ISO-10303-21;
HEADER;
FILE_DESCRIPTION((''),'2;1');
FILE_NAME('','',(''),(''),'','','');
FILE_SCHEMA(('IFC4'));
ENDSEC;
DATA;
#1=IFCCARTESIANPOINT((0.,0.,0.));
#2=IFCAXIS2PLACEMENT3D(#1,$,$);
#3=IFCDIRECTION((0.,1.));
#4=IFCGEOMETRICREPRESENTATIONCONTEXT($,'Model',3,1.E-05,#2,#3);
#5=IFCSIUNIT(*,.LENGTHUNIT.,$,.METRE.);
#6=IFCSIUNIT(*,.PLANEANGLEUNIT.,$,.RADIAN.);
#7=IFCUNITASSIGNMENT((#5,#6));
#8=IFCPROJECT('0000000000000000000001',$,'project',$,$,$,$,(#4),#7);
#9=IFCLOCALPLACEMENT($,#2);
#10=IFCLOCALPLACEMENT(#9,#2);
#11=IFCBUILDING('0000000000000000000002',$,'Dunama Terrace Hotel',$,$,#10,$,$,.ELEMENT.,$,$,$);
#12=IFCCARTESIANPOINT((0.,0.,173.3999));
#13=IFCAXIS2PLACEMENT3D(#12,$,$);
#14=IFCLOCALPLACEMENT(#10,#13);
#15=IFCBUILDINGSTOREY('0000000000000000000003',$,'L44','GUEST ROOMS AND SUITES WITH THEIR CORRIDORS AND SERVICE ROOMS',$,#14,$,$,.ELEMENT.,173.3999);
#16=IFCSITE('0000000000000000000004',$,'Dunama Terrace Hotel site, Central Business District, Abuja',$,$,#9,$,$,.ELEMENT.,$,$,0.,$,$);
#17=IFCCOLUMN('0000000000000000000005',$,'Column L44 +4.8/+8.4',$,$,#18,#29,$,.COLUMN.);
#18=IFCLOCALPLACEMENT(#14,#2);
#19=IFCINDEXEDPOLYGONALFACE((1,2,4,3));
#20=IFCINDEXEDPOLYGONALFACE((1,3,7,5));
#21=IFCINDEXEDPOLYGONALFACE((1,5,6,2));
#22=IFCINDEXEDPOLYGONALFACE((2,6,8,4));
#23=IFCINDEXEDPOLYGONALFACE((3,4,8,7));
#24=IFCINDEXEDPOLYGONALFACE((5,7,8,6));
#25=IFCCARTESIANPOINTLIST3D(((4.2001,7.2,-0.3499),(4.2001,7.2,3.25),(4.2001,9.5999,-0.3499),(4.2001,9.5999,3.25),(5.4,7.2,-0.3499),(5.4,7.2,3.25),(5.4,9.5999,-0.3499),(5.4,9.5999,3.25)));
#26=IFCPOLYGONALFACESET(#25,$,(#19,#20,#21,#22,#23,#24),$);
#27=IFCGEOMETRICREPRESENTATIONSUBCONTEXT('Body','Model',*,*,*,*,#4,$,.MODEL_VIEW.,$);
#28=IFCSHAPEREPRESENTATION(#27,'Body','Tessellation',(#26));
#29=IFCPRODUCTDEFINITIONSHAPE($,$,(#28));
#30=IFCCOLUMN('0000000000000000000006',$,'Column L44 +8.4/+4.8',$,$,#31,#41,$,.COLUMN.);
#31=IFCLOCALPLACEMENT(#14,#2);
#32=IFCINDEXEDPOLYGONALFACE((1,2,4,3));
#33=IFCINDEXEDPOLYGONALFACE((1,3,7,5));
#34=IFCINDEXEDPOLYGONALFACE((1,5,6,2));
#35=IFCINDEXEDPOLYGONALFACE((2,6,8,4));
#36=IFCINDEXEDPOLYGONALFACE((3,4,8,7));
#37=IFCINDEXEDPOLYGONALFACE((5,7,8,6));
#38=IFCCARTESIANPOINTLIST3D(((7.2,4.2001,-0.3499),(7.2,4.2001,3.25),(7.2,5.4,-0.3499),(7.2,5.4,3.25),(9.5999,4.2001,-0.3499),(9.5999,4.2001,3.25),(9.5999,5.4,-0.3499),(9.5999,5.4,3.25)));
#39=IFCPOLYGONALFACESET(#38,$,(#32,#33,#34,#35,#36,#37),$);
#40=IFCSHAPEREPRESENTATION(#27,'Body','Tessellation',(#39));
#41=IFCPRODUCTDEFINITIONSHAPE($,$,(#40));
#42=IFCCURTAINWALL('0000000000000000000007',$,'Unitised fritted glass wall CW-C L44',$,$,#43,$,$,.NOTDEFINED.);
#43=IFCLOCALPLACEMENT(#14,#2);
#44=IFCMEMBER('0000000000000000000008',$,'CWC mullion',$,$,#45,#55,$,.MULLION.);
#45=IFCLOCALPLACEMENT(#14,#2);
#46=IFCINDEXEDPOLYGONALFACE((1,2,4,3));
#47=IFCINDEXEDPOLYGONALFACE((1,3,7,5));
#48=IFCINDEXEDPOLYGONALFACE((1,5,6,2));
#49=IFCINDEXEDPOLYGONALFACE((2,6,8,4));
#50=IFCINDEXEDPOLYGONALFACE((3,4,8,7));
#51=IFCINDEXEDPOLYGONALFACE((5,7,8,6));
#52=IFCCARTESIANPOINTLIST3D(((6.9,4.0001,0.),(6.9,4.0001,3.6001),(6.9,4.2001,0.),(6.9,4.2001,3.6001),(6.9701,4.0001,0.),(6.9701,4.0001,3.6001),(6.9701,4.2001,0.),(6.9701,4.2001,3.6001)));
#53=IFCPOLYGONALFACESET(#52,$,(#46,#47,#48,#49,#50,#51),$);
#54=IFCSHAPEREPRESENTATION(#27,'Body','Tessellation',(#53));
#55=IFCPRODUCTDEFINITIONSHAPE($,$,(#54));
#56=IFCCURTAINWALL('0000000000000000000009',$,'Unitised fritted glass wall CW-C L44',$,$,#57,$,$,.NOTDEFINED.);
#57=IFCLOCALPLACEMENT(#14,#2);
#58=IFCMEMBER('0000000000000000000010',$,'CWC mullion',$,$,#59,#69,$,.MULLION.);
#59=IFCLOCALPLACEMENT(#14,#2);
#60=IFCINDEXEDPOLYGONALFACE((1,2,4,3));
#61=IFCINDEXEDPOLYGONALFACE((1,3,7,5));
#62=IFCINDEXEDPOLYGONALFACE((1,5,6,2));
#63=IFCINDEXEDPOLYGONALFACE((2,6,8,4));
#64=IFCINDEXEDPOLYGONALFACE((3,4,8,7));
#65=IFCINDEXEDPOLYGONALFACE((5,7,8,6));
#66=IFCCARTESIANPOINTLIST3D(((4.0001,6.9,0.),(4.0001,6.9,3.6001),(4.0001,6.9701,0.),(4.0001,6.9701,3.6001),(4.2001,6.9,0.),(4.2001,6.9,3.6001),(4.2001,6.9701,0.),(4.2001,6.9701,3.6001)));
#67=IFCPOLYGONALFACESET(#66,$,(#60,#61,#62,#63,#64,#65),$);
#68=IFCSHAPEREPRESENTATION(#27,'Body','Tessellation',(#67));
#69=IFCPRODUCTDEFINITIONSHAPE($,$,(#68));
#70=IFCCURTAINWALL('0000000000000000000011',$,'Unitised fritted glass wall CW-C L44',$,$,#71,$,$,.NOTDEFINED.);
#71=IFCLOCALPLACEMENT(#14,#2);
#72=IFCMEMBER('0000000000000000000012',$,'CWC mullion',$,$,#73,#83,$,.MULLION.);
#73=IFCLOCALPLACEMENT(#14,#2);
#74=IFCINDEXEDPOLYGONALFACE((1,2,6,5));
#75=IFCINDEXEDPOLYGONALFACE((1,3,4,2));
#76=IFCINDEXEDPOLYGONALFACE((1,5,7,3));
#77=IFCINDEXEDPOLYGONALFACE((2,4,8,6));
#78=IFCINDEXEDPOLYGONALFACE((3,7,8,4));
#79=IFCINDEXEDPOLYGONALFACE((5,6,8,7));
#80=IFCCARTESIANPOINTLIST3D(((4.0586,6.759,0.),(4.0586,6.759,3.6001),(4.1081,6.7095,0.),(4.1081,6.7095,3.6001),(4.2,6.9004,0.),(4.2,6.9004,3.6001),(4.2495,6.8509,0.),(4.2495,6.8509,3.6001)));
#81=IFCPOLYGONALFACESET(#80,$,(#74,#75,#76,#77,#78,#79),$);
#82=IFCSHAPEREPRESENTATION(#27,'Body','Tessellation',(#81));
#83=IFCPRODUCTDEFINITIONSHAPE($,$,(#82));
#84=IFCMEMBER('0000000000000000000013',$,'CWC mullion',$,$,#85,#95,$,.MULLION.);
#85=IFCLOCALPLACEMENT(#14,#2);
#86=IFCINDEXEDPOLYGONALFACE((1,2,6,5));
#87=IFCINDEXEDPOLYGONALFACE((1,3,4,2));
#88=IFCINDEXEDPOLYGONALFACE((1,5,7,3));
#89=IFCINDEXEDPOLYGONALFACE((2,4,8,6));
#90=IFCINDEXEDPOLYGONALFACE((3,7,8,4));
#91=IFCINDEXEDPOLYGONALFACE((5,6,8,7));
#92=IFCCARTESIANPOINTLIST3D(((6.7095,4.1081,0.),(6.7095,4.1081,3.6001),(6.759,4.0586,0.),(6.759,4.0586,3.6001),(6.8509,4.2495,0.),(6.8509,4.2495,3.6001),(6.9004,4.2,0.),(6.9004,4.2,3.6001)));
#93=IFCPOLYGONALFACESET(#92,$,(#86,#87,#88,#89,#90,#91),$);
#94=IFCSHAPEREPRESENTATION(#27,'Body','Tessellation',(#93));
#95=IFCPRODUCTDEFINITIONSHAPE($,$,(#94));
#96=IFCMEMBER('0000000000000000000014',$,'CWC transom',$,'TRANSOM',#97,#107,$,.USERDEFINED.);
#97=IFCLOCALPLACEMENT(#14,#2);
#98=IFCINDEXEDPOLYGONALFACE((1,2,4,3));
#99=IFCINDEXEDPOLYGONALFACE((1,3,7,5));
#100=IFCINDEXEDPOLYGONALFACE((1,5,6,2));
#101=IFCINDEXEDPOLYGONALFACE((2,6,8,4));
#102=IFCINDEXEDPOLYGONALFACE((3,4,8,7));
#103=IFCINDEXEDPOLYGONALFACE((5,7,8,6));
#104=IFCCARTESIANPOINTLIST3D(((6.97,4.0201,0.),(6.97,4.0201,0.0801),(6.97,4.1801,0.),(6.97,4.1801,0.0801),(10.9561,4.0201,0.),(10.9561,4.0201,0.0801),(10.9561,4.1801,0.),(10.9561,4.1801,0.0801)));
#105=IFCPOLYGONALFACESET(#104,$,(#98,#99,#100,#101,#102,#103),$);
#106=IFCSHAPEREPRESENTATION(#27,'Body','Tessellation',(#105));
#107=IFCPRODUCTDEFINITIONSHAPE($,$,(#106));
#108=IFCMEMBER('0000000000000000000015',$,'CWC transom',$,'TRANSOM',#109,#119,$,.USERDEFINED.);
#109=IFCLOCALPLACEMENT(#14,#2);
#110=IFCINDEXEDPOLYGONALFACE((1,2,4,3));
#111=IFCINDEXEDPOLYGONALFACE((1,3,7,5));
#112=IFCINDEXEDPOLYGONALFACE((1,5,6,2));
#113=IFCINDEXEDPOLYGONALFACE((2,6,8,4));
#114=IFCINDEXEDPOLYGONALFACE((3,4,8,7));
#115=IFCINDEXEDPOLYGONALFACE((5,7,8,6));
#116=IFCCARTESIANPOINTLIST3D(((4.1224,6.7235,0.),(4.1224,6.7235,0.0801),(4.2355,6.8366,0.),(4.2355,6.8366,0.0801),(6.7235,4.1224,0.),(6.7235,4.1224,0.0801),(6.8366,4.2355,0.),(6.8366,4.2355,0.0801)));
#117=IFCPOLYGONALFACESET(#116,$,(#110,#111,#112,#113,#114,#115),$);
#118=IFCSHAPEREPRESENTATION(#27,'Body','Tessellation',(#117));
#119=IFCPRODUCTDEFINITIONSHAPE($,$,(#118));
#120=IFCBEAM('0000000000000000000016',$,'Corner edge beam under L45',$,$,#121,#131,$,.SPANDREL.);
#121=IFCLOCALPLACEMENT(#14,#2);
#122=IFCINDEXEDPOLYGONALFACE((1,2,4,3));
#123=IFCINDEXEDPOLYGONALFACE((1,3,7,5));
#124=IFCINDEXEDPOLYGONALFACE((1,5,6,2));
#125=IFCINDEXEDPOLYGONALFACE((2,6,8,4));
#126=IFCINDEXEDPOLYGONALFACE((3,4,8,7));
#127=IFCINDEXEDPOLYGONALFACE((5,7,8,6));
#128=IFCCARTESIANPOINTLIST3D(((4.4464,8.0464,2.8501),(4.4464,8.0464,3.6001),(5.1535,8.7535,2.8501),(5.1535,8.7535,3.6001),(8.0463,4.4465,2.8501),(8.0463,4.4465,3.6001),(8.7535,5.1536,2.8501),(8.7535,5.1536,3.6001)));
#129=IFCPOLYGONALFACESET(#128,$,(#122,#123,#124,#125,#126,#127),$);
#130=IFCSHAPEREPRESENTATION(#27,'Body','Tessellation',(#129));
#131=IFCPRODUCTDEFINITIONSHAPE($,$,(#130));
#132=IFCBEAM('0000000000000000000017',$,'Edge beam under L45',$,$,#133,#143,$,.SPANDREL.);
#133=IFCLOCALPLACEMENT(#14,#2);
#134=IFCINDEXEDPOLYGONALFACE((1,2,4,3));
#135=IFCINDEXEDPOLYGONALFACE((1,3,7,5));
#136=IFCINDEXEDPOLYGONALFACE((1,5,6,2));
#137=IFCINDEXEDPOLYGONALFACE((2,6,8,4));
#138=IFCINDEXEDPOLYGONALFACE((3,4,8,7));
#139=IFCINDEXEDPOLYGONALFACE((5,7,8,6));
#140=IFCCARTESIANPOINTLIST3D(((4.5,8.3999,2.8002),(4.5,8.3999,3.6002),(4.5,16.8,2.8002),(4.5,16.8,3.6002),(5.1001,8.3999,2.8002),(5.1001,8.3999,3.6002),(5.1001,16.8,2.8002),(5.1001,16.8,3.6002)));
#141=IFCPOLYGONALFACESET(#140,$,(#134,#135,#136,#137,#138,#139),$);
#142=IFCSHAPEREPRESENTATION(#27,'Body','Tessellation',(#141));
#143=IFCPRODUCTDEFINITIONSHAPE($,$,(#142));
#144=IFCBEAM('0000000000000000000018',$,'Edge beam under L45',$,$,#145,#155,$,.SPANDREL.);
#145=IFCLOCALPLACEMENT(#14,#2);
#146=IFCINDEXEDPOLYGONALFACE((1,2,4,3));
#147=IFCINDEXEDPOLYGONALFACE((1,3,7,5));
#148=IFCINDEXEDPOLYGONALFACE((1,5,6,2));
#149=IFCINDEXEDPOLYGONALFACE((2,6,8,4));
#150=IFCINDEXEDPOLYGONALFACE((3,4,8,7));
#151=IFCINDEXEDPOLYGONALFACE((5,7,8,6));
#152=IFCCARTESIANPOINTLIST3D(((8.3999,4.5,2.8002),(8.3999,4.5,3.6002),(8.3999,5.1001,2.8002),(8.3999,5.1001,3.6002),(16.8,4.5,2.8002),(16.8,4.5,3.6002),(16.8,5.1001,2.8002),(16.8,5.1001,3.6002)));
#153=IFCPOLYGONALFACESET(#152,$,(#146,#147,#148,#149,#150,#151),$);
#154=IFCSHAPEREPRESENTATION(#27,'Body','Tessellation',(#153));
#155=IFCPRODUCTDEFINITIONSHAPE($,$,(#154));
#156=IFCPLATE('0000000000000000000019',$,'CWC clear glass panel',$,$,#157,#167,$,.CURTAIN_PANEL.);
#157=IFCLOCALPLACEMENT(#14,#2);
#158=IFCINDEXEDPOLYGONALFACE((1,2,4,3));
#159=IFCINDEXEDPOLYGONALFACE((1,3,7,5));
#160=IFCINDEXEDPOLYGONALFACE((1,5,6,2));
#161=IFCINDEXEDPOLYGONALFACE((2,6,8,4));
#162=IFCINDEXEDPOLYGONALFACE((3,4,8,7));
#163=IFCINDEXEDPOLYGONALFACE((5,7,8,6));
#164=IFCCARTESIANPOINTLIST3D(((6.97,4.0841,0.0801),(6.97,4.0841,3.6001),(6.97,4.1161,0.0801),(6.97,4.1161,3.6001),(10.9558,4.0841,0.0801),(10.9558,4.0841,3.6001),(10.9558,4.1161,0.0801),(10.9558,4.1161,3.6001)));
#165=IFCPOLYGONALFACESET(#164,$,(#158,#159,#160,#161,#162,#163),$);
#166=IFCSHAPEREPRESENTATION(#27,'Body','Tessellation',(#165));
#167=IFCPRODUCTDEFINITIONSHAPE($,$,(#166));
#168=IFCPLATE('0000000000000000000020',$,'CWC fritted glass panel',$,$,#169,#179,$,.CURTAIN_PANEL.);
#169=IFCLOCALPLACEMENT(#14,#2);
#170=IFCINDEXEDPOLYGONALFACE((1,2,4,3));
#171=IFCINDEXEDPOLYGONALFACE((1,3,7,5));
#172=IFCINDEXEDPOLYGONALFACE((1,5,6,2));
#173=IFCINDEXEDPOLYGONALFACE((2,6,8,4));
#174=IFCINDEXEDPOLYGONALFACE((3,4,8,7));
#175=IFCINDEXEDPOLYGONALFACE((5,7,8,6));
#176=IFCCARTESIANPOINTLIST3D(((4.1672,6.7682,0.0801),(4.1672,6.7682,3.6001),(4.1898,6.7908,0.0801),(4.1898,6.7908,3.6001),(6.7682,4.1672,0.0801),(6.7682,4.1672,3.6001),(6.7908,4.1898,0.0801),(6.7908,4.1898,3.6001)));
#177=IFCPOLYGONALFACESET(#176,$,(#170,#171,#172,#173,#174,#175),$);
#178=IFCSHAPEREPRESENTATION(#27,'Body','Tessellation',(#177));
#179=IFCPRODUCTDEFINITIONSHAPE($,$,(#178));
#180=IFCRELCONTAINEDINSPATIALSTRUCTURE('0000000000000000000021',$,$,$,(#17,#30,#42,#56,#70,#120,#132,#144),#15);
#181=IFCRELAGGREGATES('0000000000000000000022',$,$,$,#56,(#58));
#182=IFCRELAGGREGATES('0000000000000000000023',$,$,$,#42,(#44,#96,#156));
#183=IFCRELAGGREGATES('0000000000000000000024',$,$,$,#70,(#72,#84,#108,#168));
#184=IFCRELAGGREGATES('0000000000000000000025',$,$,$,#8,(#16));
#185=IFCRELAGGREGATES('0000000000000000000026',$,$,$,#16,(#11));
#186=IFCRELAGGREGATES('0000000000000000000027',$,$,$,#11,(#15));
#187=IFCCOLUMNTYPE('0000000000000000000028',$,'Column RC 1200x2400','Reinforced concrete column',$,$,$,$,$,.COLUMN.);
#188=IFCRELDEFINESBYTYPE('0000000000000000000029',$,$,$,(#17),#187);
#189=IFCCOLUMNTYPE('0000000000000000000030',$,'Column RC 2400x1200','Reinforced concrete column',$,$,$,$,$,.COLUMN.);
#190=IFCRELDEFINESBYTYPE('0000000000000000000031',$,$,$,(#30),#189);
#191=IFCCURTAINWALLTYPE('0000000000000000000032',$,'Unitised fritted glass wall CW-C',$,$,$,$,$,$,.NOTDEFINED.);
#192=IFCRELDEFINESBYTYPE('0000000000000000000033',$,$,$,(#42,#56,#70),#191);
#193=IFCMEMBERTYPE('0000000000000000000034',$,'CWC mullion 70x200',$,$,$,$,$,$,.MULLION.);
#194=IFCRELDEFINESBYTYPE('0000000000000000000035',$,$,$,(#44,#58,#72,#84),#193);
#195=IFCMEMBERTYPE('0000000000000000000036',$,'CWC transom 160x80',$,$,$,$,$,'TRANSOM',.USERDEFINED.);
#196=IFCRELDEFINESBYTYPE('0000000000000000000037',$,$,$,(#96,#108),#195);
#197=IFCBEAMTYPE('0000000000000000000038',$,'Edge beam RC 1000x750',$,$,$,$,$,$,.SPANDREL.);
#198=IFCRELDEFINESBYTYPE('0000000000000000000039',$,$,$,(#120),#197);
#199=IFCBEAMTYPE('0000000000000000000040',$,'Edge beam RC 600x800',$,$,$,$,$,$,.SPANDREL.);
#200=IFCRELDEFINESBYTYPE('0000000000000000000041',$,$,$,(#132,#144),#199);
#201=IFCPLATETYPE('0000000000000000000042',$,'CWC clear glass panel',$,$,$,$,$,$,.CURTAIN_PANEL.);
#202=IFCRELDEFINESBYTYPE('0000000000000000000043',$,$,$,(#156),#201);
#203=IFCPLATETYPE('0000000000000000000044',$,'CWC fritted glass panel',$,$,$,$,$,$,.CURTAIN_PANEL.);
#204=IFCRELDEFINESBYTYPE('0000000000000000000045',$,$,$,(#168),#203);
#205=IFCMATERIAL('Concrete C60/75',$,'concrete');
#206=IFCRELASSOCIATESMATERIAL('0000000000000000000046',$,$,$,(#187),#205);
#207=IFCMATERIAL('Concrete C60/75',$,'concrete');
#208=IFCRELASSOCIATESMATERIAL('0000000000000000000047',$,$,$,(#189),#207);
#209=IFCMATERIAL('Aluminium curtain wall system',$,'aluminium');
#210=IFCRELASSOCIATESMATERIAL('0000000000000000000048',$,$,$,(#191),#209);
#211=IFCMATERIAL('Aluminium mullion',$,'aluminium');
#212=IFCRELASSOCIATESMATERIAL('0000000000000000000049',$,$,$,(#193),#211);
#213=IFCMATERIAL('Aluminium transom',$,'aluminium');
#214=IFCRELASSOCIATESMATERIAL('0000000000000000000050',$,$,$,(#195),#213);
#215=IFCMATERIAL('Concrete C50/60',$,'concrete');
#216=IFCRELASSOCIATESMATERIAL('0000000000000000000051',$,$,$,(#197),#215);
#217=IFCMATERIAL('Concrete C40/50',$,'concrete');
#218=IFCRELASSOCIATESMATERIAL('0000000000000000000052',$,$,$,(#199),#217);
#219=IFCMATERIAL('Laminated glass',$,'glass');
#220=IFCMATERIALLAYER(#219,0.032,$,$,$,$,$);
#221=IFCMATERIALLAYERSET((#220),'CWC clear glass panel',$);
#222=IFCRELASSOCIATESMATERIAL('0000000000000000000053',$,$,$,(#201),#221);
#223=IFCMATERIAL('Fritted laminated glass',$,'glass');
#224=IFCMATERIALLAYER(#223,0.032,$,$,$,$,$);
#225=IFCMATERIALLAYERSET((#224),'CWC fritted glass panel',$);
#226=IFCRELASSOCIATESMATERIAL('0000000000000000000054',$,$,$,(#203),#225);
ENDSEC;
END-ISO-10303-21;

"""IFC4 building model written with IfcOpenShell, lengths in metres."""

from ifc_helpers import new_model, si_unit, direction, frame, origin, origin_2d, place, context, subcontext, project, spatial, rectangle, extrude, material, layer, layer_set, material_profile, profile_set, type_object, element, aggregate, save


model = new_model("IFC4")

# Units and contexts
model_context = context("Model", 3, precision=1e-05, world=origin(), true_north=direction((0.0, 1.0)))
body_context = subcontext(model_context, "Body", "Model", "MODEL_VIEW")
ifc_project = project(units=[si_unit("LENGTHUNIT", "METRE"), si_unit("PLANEANGLEUNIT", "RADIAN")], contexts=[model_context])

# Site, building, storey
site_placement = place(None, origin())
site = spatial("IfcSite", under=ifc_project, at=site_placement, Name="Dunama Terrace Hotel site, Central Business District, Abuja", CompositionType="ELEMENT", RefElevation=0.0)
building_placement = place(site_placement, origin())
building = spatial("IfcBuilding", under=site, at=building_placement, Name="Dunama Terrace Hotel", CompositionType="ELEMENT")
storey_placement = place(building_placement, frame((0.0, 0.0, 173.3999)))
storey = spatial("IfcBuildingStorey", under=building, at=storey_placement, Name="L44", Description="GUEST ROOMS AND SUITES WITH THEIR CORRIDORS AND SERVICE ROOMS", CompositionType="ELEMENT", Elevation=173.3999)

# Columns
ifc_material_1 = material(Name="Concrete C60/75", Category="concrete")
ifc_material_profile_1 = material_profile(ifc_material_1, rectangle(XDim=1.2, YDim=2.3999, at=origin_2d()), Name="RC 1200x2400")
ifc_profile_set_1 = profile_set([ifc_material_profile_1], Name="Concrete C60/75")
column_type_1 = type_object("IfcColumnType", Name="Column RC 1200x2400", Description="Reinforced concrete column", PredefinedType="COLUMN", material=ifc_profile_set_1)
column_1_placement = place(storey_placement, frame((4.8, 8.3999, -0.3499), z_axis=(0.0, 0.0, 1.0), x_axis=(1.0, 0.0, 0.0)))
element("IfcColumn", 1, at=column_1_placement, inside=storey, type_object=column_type_1, Name="Column L44 +4.8/+8.4", PredefinedType="COLUMN", context=body_context, shape_type="SweptSolid", body=[
    extrude(rectangle(XDim=1.2, YDim=2.3999, at=origin_2d()), origin(), (0.0, 0.0, 1.0), 3.5999),
])
ifc_material_2 = material(Name="Concrete C60/75", Category="concrete")
ifc_material_profile_2 = material_profile(ifc_material_2, rectangle(XDim=2.3999, YDim=1.2, at=origin_2d()), Name="RC 2400x1200")
ifc_profile_set_2 = profile_set([ifc_material_profile_2], Name="Concrete C60/75")
column_type_2 = type_object("IfcColumnType", Name="Column RC 2400x1200", Description="Reinforced concrete column", PredefinedType="COLUMN", material=ifc_profile_set_2)
column_2_placement = place(storey_placement, frame((8.3999, 4.8, -0.3499), z_axis=(0.0, 0.0, 1.0), x_axis=(1.0, 0.0, 0.0)))
element("IfcColumn", 2, at=column_2_placement, inside=storey, type_object=column_type_2, Name="Column L44 +8.4/+4.8", PredefinedType="COLUMN", context=body_context, shape_type="SweptSolid", body=[
    extrude(rectangle(XDim=2.3999, YDim=1.2, at=origin_2d()), origin(), (0.0, 0.0, 1.0), 3.5999),
])

# Curtain walls, members
ifc_material_3 = material(Name="Aluminium curtain wall system", Category="aluminium")
curtain_wall_type = type_object("IfcCurtainWallType", Name="Unitised fritted glass wall CW-C", PredefinedType="NOTDEFINED", material=ifc_material_3)
curtain_wall_1_placement = place(storey_placement, origin())
curtain_wall_1 = element("IfcCurtainWall", 3, at=curtain_wall_1_placement, inside=storey, type_object=curtain_wall_type, Name="Unitised fritted glass wall CW-C L44", PredefinedType="NOTDEFINED")
ifc_material_4 = material(Name="Aluminium mullion", Category="aluminium")
ifc_material_profile_3 = material_profile(ifc_material_4, rectangle(XDim=0.0701, YDim=0.2, at=origin_2d()), Name="CWC MULLION 70X200")
ifc_profile_set_3 = profile_set([ifc_material_profile_3], Name="Aluminium mullion")
member_type_1 = type_object("IfcMemberType", Name="CWC mullion 70x200", PredefinedType="MULLION", material=ifc_profile_set_3)
member_1_placement = place(storey_placement, frame((6.9351, 4.1001, 0.0), z_axis=(0.0, 0.0, 1.0), x_axis=(1.0, 0.0, 0.0)))
member_1 = element("IfcMember", 4, at=member_1_placement, type_object=member_type_1, Name="CWC mullion", PredefinedType="MULLION", context=body_context, shape_type="SweptSolid", body=[
    extrude(rectangle(XDim=0.0701, YDim=0.2, at=origin_2d()), origin(), (0.0, 0.0, 1.0), 3.6001),
])
curtain_wall_2_placement = place(storey_placement, origin())
curtain_wall_2 = element("IfcCurtainWall", 5, at=curtain_wall_2_placement, inside=storey, type_object=curtain_wall_type, Name="Unitised fritted glass wall CW-C L44", PredefinedType="NOTDEFINED")
member_2_placement = place(storey_placement, frame((4.1001, 6.9351, 0.0), z_axis=(0.0, 0.0, 1.0), x_axis=(0.0, -1.0, 0.0)))
member_2 = element("IfcMember", 6, at=member_2_placement, type_object=member_type_1, Name="CWC mullion", PredefinedType="MULLION", context=body_context, shape_type="SweptSolid", body=[
    extrude(rectangle(XDim=0.0701, YDim=0.2, at=origin_2d()), origin(), (0.0, 0.0, 1.0), 3.6001),
])
aggregate(curtain_wall_2, [member_2])

# Curtain wall, members
curtain_wall_3_placement = place(storey_placement, origin())
curtain_wall_3 = element("IfcCurtainWall", 7, at=curtain_wall_3_placement, inside=storey, type_object=curtain_wall_type, Name="Unitised fritted glass wall CW-C L44", PredefinedType="NOTDEFINED")
member_3_placement = place(storey_placement, frame((4.1541, 6.8049, 0.0), z_axis=(0.0, 0.0, 1.0), x_axis=(0.707107, -0.707107, 0.0)))
member_3 = element("IfcMember", 8, at=member_3_placement, type_object=member_type_1, Name="CWC mullion", PredefinedType="MULLION", context=body_context, shape_type="SweptSolid", body=[
    extrude(rectangle(XDim=0.0701, YDim=0.2, at=origin_2d()), origin(), (0.0, 0.0, 1.0), 3.6001),
])
member_4_placement = place(storey_placement, frame((6.8049, 4.1541, 0.0), z_axis=(0.0, 0.0, 1.0), x_axis=(0.707107, -0.707107, 0.0)))
member_4 = element("IfcMember", 9, at=member_4_placement, type_object=member_type_1, Name="CWC mullion", PredefinedType="MULLION", context=body_context, shape_type="SweptSolid", body=[
    extrude(rectangle(XDim=0.0701, YDim=0.2, at=origin_2d()), origin(), (0.0, 0.0, 1.0), 3.6001),
])

# Members
ifc_material_5 = material(Name="Aluminium transom", Category="aluminium")
ifc_material_profile_4 = material_profile(ifc_material_5, rectangle(XDim=0.1599, YDim=0.0801, at=origin_2d()), Name="CWC TRANSOM 160X80")
ifc_profile_set_4 = profile_set([ifc_material_profile_4], Name="Aluminium transom")
member_type_2 = type_object("IfcMemberType", Name="CWC transom 160x80", ElementType="TRANSOM", PredefinedType="USERDEFINED", material=ifc_profile_set_4)
member_5_placement = place(storey_placement, frame((6.97, 4.1001, 0.04), z_axis=(1.0, 0.0, 0.0), x_axis=(0.0, 1.0, 0.0)))
member_5 = element("IfcMember", 10, at=member_5_placement, type_object=member_type_2, Name="CWC transom", ObjectType="TRANSOM", PredefinedType="USERDEFINED", context=body_context, shape_type="SweptSolid", body=[
    extrude(rectangle(XDim=0.1599, YDim=0.0801, at=origin_2d()), origin(), (0.0, 0.0, 1.0), 3.9861),
])
member_6_placement = place(storey_placement, frame((4.179, 6.78, 0.04), z_axis=(0.707107, -0.707107, 0.0), x_axis=(0.707107, 0.707107, 0.0)))
member_6 = element("IfcMember", 11, at=member_6_placement, type_object=member_type_2, Name="CWC transom", ObjectType="TRANSOM", PredefinedType="USERDEFINED", context=body_context, shape_type="SweptSolid", body=[
    extrude(rectangle(XDim=0.1599, YDim=0.0801, at=origin_2d()), origin(), (0.0, 0.0, 1.0), 3.6785),
])

# Beams
ifc_material_6 = material(Name="Concrete C50/60", Category="concrete")
ifc_material_profile_5 = material_profile(ifc_material_6, rectangle(XDim=1.0, YDim=0.75, at=origin_2d()), Name="RC 1000x750")
ifc_profile_set_5 = profile_set([ifc_material_profile_5], Name="Concrete C50/60")
beam_type_1 = type_object("IfcBeamType", Name="Edge beam RC 1000x750", PredefinedType="SPANDREL", material=ifc_profile_set_5)
beam_placement = place(storey_placement, frame((8.3999, 4.8, 3.2251), z_axis=(-0.707107, 0.707107, 0.0), x_axis=(-0.707107, -0.707107, 0.0)))
element("IfcBeam", 12, at=beam_placement, inside=storey, type_object=beam_type_1, Name="Corner edge beam under L45", PredefinedType="SPANDREL", context=body_context, shape_type="SweptSolid", body=[
    extrude(rectangle(XDim=1.0, YDim=0.75, at=origin_2d()), origin(), (0.0, 0.0, 1.0), 5.0911),
])
ifc_material_7 = material(Name="Concrete C40/50", Category="concrete")
ifc_material_profile_6 = material_profile(ifc_material_7, rectangle(XDim=0.6001, YDim=0.8, at=origin_2d()), Name="RC 600x800")
ifc_profile_set_6 = profile_set([ifc_material_profile_6], Name="Concrete C40/50")
beam_type_2 = type_object("IfcBeamType", Name="Edge beam RC 600x800", PredefinedType="SPANDREL", material=ifc_profile_set_6)
for number, where, z_axis, x_axis, name in (
    (13, (4.8, 8.3999, 3.2002), (0.0, 1.0, 0.0), (-1.0, 0.0, 0.0), "Edge beam under L45"),
    (14, (8.3999, 4.8, 3.2002), (1.0, 0.0, 0.0), (0.0, 1.0, 0.0), "Edge beam under L45"),
):
    element("IfcBeam", number, at=place(storey_placement, frame(where, z_axis=z_axis, x_axis=x_axis)), inside=storey, type_object=beam_type_2, Name=name, PredefinedType="SPANDREL", context=body_context, shape_type="SweptSolid", body=[
        extrude(rectangle(XDim=0.6001, YDim=0.8, at=origin_2d()), origin(), (0.0, 0.0, 1.0), 8.4001),
    ])

# Plates
ifc_material_8 = material(Name="Laminated glass", Category="glass")
ifc_layer_1 = layer(ifc_material_8, 0.032)
ifc_layer_set_1 = layer_set([ifc_layer_1], Name="CWC clear glass panel")
plate_type_1 = type_object("IfcPlateType", Name="CWC clear glass panel", PredefinedType="CURTAIN_PANEL", material=ifc_layer_set_1)
plate_1_placement = place(storey_placement, frame((8.9629, 4.1001, 0.0801), z_axis=(0.0, 0.0, 1.0), x_axis=(1.0, 0.0, 0.0)))
plate_1 = element("IfcPlate", 15, at=plate_1_placement, type_object=plate_type_1, Name="CWC clear glass panel", PredefinedType="CURTAIN_PANEL", context=body_context, shape_type="SweptSolid", body=[
    extrude(rectangle(XDim=3.9858, YDim=0.032, at=origin_2d()), origin(), (0.0, 0.0, 1.0), 3.52),
])
aggregate(curtain_wall_1, [member_1, member_5, plate_1])
ifc_material_9 = material(Name="Fritted laminated glass", Category="glass")
ifc_layer_2 = layer(ifc_material_9, 0.032)
ifc_layer_set_2 = layer_set([ifc_layer_2], Name="CWC fritted glass panel")
plate_type_2 = type_object("IfcPlateType", Name="CWC fritted glass panel", PredefinedType="CURTAIN_PANEL", material=ifc_layer_set_2)
plate_2_placement = place(storey_placement, frame((5.479, 5.479, 0.0801), z_axis=(0.0, 0.0, 1.0), x_axis=(0.707107, -0.707107, 0.0)))
plate_2 = element("IfcPlate", 16, at=plate_2_placement, type_object=plate_type_2, Name="CWC fritted glass panel", PredefinedType="CURTAIN_PANEL", context=body_context, shape_type="SweptSolid", body=[
    extrude(rectangle(XDim=3.6785, YDim=0.032, at=origin_2d()), origin(), (0.0, 0.0, 1.0), 3.52),
])
aggregate(curtain_wall_3, [member_3, member_4, member_6, plate_2])

save(model, "model.ifc")
